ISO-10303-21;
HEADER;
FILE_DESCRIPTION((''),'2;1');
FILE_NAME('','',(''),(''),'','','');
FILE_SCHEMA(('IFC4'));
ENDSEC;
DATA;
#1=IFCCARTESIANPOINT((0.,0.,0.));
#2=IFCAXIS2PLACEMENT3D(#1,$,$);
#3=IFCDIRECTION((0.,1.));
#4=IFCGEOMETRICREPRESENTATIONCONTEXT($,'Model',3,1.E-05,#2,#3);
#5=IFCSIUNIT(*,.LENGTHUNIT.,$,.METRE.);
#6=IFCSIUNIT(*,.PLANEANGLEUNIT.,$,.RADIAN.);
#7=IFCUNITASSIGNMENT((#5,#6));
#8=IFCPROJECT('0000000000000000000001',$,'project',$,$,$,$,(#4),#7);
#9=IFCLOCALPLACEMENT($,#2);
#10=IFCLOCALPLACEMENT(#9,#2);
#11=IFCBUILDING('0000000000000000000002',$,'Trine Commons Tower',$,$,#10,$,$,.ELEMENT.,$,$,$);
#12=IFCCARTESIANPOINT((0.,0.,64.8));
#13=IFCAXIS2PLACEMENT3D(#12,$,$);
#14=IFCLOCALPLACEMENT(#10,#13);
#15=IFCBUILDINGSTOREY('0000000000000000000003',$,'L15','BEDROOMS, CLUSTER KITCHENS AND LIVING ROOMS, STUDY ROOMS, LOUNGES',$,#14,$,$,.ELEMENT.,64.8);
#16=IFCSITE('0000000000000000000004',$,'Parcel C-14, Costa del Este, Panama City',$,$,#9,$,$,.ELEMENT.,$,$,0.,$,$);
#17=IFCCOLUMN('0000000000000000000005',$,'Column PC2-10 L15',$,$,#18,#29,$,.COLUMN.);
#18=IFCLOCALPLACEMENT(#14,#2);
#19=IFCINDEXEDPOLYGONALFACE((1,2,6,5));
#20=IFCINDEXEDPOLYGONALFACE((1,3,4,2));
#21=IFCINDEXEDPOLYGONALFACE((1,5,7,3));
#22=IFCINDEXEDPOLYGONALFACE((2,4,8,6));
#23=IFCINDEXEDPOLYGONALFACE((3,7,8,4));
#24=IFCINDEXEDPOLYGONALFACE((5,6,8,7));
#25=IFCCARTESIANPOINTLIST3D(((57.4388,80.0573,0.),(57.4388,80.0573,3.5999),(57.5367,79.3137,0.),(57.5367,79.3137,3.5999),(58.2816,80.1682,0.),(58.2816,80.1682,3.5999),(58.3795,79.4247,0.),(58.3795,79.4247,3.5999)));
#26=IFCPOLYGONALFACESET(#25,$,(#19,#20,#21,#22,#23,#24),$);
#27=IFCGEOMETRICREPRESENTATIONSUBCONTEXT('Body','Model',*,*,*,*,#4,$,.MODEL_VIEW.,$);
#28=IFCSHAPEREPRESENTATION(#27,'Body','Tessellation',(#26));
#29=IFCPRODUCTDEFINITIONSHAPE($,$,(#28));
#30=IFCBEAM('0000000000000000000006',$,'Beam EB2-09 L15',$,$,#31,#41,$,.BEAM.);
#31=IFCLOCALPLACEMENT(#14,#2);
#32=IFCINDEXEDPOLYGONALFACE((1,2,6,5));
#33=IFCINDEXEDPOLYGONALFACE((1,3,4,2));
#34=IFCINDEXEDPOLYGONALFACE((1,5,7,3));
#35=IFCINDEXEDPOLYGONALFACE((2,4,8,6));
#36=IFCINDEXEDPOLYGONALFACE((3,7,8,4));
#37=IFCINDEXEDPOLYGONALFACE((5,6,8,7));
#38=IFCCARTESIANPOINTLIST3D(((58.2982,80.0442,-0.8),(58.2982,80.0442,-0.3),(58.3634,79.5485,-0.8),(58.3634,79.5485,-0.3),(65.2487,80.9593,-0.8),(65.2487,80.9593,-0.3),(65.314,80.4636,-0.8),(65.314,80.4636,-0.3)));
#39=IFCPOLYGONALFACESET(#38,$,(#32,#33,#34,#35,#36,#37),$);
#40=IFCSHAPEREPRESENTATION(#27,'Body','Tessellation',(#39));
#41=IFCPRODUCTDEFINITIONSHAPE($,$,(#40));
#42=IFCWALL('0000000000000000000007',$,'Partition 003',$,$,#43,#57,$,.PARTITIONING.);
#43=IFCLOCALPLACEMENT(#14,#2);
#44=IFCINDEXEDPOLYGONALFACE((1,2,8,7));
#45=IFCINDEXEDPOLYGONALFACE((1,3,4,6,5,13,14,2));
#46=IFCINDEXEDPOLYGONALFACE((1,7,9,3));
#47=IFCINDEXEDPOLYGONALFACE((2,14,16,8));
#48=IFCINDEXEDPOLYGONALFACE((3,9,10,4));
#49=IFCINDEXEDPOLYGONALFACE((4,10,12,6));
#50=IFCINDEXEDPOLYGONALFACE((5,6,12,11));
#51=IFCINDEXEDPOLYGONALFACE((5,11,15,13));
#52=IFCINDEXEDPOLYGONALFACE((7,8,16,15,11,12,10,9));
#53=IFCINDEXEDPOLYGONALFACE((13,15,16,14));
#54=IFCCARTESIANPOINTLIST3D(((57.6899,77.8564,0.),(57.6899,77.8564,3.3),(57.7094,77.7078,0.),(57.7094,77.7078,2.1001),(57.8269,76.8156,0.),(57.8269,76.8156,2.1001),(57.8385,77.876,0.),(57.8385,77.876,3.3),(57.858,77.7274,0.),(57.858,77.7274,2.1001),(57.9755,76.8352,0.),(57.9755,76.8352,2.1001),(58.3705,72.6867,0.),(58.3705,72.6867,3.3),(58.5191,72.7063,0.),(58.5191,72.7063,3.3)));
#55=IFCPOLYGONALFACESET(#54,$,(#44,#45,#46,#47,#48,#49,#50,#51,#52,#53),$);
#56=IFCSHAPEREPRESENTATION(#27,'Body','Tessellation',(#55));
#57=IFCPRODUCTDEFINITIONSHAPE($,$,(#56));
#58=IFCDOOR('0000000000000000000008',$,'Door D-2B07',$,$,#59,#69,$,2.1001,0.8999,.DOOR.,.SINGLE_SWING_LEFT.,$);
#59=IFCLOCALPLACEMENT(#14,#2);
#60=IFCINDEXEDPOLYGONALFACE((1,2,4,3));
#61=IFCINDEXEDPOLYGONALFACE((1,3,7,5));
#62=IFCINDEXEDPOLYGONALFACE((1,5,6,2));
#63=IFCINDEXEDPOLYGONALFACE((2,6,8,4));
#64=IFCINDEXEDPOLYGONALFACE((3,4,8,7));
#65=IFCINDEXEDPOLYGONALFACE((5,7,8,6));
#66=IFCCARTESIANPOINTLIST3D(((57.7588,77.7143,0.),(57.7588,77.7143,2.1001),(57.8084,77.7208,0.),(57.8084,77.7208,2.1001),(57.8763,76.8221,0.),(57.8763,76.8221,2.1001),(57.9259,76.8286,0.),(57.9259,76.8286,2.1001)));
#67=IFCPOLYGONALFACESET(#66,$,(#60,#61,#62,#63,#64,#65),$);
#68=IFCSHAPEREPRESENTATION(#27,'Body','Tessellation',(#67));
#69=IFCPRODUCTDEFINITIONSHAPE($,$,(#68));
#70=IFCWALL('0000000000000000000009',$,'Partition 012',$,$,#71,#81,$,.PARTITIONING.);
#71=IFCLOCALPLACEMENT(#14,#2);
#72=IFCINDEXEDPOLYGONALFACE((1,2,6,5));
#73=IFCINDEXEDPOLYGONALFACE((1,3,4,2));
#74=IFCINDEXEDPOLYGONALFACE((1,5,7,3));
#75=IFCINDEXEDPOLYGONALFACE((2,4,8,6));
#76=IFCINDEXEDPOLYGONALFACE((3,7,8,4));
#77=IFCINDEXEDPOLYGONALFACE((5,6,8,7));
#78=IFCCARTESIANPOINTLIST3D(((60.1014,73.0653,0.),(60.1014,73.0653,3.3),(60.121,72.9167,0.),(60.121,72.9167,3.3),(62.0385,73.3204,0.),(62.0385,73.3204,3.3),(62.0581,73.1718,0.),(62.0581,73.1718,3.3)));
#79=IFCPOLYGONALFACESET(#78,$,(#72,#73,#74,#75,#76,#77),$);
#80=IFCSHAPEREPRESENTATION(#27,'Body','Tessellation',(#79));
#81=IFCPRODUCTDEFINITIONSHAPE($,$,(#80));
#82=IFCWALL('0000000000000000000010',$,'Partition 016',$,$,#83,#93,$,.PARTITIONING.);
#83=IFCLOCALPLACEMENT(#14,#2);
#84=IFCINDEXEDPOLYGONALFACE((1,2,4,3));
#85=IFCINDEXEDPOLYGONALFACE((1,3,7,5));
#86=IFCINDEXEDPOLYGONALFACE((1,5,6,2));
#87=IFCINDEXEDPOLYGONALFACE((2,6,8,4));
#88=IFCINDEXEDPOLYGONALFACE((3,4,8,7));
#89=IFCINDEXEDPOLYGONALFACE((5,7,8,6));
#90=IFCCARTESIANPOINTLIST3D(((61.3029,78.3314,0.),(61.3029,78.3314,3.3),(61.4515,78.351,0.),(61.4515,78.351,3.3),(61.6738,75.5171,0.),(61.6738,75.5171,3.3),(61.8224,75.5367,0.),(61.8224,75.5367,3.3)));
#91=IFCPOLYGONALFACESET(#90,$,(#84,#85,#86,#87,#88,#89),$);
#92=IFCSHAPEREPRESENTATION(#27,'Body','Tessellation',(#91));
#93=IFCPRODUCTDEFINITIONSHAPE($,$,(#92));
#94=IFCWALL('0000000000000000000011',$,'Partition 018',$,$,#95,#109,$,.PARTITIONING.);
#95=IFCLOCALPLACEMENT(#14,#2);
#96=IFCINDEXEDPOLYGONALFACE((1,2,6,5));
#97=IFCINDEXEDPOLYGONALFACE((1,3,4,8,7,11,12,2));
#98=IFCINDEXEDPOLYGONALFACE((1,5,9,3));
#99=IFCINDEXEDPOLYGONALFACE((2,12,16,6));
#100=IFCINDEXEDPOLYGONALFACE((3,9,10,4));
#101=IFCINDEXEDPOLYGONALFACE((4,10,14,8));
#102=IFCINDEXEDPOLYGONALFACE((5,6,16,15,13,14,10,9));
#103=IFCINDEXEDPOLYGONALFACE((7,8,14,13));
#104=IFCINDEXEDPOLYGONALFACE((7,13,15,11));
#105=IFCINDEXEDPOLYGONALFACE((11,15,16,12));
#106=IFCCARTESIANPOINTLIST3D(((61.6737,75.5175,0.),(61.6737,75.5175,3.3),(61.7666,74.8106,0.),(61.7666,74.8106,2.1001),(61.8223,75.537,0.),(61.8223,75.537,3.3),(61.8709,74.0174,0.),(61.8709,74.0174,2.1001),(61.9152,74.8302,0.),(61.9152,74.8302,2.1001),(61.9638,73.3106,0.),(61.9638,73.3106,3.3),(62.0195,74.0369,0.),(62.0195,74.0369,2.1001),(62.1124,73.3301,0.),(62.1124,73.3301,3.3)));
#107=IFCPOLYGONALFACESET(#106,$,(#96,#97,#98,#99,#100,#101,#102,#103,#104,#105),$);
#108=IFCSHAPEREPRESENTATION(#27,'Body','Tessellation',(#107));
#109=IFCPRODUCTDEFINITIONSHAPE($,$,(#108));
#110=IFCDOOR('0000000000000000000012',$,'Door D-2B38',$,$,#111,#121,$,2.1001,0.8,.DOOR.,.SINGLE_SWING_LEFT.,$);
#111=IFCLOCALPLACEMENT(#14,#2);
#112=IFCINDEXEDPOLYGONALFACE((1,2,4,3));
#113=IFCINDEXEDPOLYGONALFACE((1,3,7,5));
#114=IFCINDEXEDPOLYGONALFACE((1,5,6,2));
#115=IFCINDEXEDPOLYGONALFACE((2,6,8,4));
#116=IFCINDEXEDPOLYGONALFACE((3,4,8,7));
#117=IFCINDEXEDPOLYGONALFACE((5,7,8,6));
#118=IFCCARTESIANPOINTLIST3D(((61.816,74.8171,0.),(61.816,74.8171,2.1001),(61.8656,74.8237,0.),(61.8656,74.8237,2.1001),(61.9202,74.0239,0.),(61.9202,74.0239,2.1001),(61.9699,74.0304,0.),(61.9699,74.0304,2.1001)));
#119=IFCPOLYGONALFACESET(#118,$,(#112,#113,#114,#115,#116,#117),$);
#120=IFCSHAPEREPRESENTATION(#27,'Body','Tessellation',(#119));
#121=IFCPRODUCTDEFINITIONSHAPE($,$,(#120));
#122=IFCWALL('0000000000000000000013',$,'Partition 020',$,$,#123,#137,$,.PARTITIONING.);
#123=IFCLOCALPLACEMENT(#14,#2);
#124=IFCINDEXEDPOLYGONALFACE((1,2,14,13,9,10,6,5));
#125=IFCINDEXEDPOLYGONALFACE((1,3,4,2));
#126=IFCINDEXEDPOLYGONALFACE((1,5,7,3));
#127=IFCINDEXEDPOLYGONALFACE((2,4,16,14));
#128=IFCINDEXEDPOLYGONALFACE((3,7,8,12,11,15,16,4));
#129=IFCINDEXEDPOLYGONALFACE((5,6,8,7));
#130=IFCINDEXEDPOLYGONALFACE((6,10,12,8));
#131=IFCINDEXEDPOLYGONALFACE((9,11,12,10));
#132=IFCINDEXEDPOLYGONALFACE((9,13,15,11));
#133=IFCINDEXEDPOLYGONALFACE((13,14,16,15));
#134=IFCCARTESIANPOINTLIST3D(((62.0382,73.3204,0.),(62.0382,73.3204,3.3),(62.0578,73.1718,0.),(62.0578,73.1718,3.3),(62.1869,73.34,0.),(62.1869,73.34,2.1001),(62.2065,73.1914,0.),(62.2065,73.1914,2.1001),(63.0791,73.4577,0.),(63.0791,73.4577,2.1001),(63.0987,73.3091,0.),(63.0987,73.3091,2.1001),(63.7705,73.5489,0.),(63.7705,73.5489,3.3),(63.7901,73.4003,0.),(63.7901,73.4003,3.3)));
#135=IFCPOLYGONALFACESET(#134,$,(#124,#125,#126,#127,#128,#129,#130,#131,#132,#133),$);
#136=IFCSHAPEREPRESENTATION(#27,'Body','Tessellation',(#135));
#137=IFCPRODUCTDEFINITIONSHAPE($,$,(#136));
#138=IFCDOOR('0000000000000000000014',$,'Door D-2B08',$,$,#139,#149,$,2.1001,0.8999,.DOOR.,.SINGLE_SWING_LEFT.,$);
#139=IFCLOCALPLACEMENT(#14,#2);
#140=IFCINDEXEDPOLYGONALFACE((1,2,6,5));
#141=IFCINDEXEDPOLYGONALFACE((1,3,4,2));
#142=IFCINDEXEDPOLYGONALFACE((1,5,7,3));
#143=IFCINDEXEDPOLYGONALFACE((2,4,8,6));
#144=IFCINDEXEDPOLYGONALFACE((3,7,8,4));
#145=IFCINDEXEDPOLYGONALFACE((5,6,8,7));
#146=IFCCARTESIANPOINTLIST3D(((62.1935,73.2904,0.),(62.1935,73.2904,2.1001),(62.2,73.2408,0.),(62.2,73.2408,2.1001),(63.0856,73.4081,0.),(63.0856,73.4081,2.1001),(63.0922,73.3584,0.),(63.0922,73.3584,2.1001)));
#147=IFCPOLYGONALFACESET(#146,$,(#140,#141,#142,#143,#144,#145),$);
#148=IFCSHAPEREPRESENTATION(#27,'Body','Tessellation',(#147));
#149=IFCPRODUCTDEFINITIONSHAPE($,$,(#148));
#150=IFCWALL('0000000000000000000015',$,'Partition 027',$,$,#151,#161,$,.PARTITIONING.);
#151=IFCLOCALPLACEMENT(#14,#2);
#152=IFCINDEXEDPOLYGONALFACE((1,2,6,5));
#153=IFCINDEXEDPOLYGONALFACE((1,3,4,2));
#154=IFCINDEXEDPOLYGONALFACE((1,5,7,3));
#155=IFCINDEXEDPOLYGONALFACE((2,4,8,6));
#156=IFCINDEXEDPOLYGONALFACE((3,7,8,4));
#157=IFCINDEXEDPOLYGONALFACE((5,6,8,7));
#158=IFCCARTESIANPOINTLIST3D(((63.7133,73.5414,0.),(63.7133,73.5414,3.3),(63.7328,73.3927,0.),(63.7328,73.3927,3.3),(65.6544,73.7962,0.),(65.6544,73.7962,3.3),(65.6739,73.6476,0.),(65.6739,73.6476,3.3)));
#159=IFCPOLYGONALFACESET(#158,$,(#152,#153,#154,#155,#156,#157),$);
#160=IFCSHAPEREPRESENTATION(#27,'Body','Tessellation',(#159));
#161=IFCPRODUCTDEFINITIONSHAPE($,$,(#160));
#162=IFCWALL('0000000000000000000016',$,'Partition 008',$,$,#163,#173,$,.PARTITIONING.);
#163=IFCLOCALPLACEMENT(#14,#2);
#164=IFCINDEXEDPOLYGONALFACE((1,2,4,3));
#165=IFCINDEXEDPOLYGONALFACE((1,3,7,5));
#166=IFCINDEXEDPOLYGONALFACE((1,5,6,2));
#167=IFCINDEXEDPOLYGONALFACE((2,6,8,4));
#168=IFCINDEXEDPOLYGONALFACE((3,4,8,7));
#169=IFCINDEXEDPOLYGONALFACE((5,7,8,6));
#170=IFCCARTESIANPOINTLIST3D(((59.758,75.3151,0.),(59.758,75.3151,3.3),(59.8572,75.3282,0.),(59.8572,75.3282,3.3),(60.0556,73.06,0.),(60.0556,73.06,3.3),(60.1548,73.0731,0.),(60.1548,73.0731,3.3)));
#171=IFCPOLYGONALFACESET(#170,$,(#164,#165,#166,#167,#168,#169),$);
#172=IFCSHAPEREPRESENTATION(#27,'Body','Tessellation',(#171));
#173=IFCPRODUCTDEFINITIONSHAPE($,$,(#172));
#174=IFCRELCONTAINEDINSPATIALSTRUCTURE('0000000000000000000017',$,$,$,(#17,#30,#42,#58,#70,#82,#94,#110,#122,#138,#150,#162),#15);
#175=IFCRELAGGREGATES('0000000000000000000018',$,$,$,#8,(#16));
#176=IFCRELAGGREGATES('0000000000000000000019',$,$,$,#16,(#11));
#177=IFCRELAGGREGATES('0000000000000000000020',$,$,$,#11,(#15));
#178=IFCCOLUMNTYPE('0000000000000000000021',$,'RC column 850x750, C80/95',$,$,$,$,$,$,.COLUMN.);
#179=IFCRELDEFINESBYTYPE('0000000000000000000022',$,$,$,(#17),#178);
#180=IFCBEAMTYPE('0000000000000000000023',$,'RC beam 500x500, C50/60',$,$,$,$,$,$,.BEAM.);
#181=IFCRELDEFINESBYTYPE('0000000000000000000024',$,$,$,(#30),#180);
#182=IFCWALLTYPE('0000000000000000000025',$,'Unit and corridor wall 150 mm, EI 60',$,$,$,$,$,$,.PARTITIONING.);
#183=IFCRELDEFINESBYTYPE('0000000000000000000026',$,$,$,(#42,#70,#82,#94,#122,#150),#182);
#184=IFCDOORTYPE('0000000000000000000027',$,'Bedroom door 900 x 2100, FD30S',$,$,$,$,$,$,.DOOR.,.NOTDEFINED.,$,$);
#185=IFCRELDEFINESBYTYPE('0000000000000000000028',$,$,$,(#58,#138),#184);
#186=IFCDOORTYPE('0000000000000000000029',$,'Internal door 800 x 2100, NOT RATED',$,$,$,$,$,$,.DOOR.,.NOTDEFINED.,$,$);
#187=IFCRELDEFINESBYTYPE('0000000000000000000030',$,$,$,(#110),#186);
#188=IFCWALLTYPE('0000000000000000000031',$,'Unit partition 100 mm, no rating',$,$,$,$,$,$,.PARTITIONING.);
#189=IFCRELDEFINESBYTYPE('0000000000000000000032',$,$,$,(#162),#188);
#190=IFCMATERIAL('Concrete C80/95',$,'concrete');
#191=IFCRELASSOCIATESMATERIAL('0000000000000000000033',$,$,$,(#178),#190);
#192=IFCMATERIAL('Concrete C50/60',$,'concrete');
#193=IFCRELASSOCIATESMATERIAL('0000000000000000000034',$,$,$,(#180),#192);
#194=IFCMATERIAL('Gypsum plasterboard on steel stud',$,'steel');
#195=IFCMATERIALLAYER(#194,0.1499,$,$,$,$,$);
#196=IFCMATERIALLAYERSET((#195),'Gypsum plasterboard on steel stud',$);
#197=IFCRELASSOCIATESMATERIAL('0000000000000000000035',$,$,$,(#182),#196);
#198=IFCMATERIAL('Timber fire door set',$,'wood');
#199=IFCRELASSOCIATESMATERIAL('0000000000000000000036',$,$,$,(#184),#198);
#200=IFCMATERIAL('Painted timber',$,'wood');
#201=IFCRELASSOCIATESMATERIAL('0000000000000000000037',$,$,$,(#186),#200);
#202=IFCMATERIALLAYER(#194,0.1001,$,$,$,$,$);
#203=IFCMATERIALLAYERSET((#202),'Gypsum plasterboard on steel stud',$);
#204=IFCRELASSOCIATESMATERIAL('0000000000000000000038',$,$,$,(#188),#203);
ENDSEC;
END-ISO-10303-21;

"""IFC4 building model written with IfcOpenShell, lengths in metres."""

from ifc_helpers import new_model, si_unit, direction, frame, frame_2d, origin, origin_2d, place, context, subcontext, project, spatial, rectangle, extrude, material, layer, layer_set, material_profile, profile_set, type_object, element, fill, save


model = new_model("IFC4")

# Units and contexts
model_context = context("Model", 3, precision=1e-05, world=origin(), true_north=direction((0.0, 1.0)))
body_context = subcontext(model_context, "Body", "Model", "MODEL_VIEW")
ifc_project = project(units=[si_unit("LENGTHUNIT", "METRE"), si_unit("PLANEANGLEUNIT", "RADIAN")], contexts=[model_context])

# Site, building, storey
site_placement = place(None, origin())
site = spatial("IfcSite", under=ifc_project, at=site_placement, Name="Parcel C-14, Costa del Este, Panama City", CompositionType="ELEMENT", RefElevation=0.0)
building_placement = place(site_placement, origin())
building = spatial("IfcBuilding", under=site, at=building_placement, Name="Trine Commons Tower", CompositionType="ELEMENT")
storey_placement = place(building_placement, frame((0.0, 0.0, 64.8)))
storey = spatial("IfcBuildingStorey", under=building, at=storey_placement, Name="L15", Description="BEDROOMS, CLUSTER KITCHENS AND LIVING ROOMS, STUDY ROOMS, LOUNGES", CompositionType="ELEMENT", Elevation=64.8)

# Column
ifc_material_1 = material(Name="Concrete C80/95", Category="concrete")
ifc_material_profile_1 = material_profile(ifc_material_1, rectangle(XDim=0.8501, YDim=0.75, at=origin_2d()), Name="RC 850x750")
ifc_profile_set_1 = profile_set([ifc_material_profile_1], Name="Concrete C80/95")
column_type = type_object("IfcColumnType", Name="RC column 850x750, C80/95", PredefinedType="COLUMN", material=ifc_profile_set_1)
column_placement = place(storey_placement, frame((57.9092, 79.741, 0.0), z_axis=(0.0, 0.0, 1.0), x_axis=(0.991445, 0.130526, 0.0)))
element("IfcColumn", 1, at=column_placement, inside=storey, type_object=column_type, Name="Column PC2-10 L15", PredefinedType="COLUMN", context=body_context, shape_type="SweptSolid", body=[
    extrude(rectangle(XDim=0.8501, YDim=0.75, at=origin_2d()), origin(), (0.0, 0.0, 1.0), 3.5999),
])

# Beam
ifc_material_2 = material(Name="Concrete C50/60", Category="concrete")
ifc_material_profile_2 = material_profile(ifc_material_2, rectangle(XDim=0.5, YDim=0.5, at=origin_2d()), Name="RC 500x500")
ifc_profile_set_2 = profile_set([ifc_material_profile_2], Name="Concrete C50/60")
beam_type = type_object("IfcBeamType", Name="RC beam 500x500, C50/60", PredefinedType="BEAM", material=ifc_profile_set_2)
beam_placement = place(storey_placement, frame((58.3308, 79.7964, -0.55), z_axis=(0.991445, 0.130526, 0.0), x_axis=(-0.130526, 0.991445, 0.0)))
element("IfcBeam", 2, at=beam_placement, inside=storey, type_object=beam_type, Name="Beam EB2-09 L15", PredefinedType="BEAM", context=body_context, shape_type="SweptSolid", body=[
    extrude(rectangle(XDim=0.5, YDim=0.5, at=origin_2d()), origin(), (0.0, 0.0, 1.0), 7.0105),
])

# Wall, opening, door
ifc_material_3 = material(Name="Gypsum plasterboard on steel stud", Category="steel")
ifc_layer_1 = layer(ifc_material_3, 0.1499)
ifc_layer_set_1 = layer_set([ifc_layer_1], Name="Gypsum plasterboard on steel stud")
wall_type_1 = type_object("IfcWallType", Name="Unit and corridor wall 150 mm, EI 60", PredefinedType="PARTITIONING", material=ifc_layer_set_1)
wall_1_placement = place(storey_placement, frame((57.7642, 77.8662, 0.0), z_axis=(0.0, 0.0, 1.0), x_axis=(0.130538, -0.991443, 0.0)))
wall_1 = element("IfcWall", 3, at=wall_1_placement, inside=storey, type_object=wall_type_1, Name="Partition 003", PredefinedType="PARTITIONING", context=body_context, shape_type="SweptSolid", body=[
    extrude(rectangle(XDim=5.2144, YDim=0.1499, at=frame_2d((2.6072, 0.0))), origin(), (0.0, 0.0, 1.0), 3.3),
])
opening_1_placement = place(wall_1_placement, frame((0.1499, 0.0, 0.0)))
opening_1 = element("IfcOpeningElement", 4, at=opening_1_placement, cuts=wall_1, PredefinedType="OPENING", context=body_context, shape_type="SweptSolid", body=[
    extrude(rectangle(XDim=0.8999, YDim=2.1001, at=frame_2d((0.45, 1.05))), frame((0.0, 0.085, 0.0), z_axis=(0.0, -1.0, 0.0), x_axis=(1.0, 0.0, 0.0)), (0.0, 0.0, 1.0), 0.1699),
])
ifc_material_4 = material(Name="Timber fire door set", Category="wood")
door_type_1 = type_object("IfcDoorType", Name="Bedroom door 900 x 2100, FD30S", OperationType="NOTDEFINED", PredefinedType="DOOR", material=ifc_material_4)
door_1_placement = place(opening_1_placement, origin())
door_1 = element("IfcDoor", 5, at=door_1_placement, inside=storey, type_object=door_type_1, Name="Door D-2B07", OperationType="SINGLE_SWING_LEFT", OverallHeight=2.1001, OverallWidth=0.8999, PredefinedType="DOOR", context=body_context, shape_type="SweptSolid", body=[
    extrude(rectangle(XDim=0.8999, YDim=2.1001, at=frame_2d((0.45, 1.05))), frame((0.0, 0.0249, 0.0), z_axis=(0.0, -1.0, 0.0), x_axis=(1.0, 0.0, 0.0)), (0.0, 0.0, 1.0), 0.05),
])
fill(opening_1, door_1)

# Walls
wall_2_placement = place(storey_placement, frame((60.1111, 72.991, 0.0), z_axis=(0.0, 0.0, 1.0), x_axis=(0.991437, 0.130584, 0.0)))
element("IfcWall", 6, at=wall_2_placement, inside=storey, type_object=wall_type_1, Name="Partition 012", PredefinedType="PARTITIONING", context=body_context, shape_type="SweptSolid", body=[
    extrude(rectangle(XDim=1.9539, YDim=0.1499, at=frame_2d((0.9771, 0.0))), origin(), (0.0, 0.0, 1.0), 3.3),
])
wall_3_placement = place(storey_placement, frame((61.3772, 78.3413, 0.0), z_axis=(0.0, 0.0, 1.0), x_axis=(0.130648, -0.991429, 0.0)))
element("IfcWall", 7, at=wall_3_placement, inside=storey, type_object=wall_type_1, Name="Partition 016", PredefinedType="PARTITIONING", context=body_context, shape_type="SweptSolid", body=[
    extrude(rectangle(XDim=2.8386, YDim=0.1499, at=frame_2d((1.4194, 0.0))), origin(), (0.0, 0.0, 1.0), 3.3),
])

# Walls, openings, doors
wall_4_placement = place(storey_placement, frame((61.748, 75.5271, 0.0), z_axis=(0.0, 0.0, 1.0), x_axis=(0.13031, -0.991473, 0.0)))
wall_4 = element("IfcWall", 8, at=wall_4_placement, inside=storey, type_object=wall_type_1, Name="Partition 018", PredefinedType="PARTITIONING", context=body_context, shape_type="SweptSolid", body=[
    extrude(rectangle(XDim=2.2258, YDim=0.1499, at=frame_2d((1.1128, 0.0))), origin(), (0.0, 0.0, 1.0), 3.3),
])
opening_2_placement = place(wall_4_placement, frame((0.7129, 0.0, 0.0)))
opening_2 = element("IfcOpeningElement", 9, at=opening_2_placement, cuts=wall_4, PredefinedType="OPENING", context=body_context, shape_type="SweptSolid", body=[
    extrude(rectangle(XDim=0.8, YDim=2.1001, at=frame_2d((0.3999, 1.05))), frame((0.0, 0.085, 0.0), z_axis=(0.0, -1.0, 0.0), x_axis=(1.0, 0.0, 0.0)), (0.0, 0.0, 1.0), 0.1699),
])
ifc_material_5 = material(Name="Painted timber", Category="wood")
door_type_2 = type_object("IfcDoorType", Name="Internal door 800 x 2100, NOT RATED", OperationType="NOTDEFINED", PredefinedType="DOOR", material=ifc_material_5)
door_2_placement = place(opening_2_placement, origin())
door_2 = element("IfcDoor", 10, at=door_2_placement, inside=storey, type_object=door_type_2, Name="Door D-2B38", OperationType="SINGLE_SWING_LEFT", OverallHeight=2.1001, OverallWidth=0.8, PredefinedType="DOOR", context=body_context, shape_type="SweptSolid", body=[
    extrude(rectangle(XDim=0.8, YDim=2.1001, at=frame_2d((0.3999, 1.05))), frame((0.0, 0.0249, 0.0), z_axis=(0.0, -1.0, 0.0), x_axis=(1.0, 0.0, 0.0)), (0.0, 0.0, 1.0), 0.05),
])
fill(opening_2, door_2)
wall_5_placement = place(storey_placement, frame((62.0481, 73.2461, 0.0), z_axis=(0.0, 0.0, 1.0), x_axis=(0.991412, 0.130773, 0.0)))
wall_5 = element("IfcWall", 11, at=wall_5_placement, inside=storey, type_object=wall_type_1, Name="Partition 020", PredefinedType="PARTITIONING", context=body_context, shape_type="SweptSolid", body=[
    extrude(rectangle(XDim=1.7473, YDim=0.1499, at=frame_2d((0.8735, 0.0))), origin(), (0.0, 0.0, 1.0), 3.3),
])
opening_3_placement = place(wall_5_placement, frame((0.1499, 0.0, 0.0)))
opening_3 = element("IfcOpeningElement", 12, at=opening_3_placement, cuts=wall_5, PredefinedType="OPENING", context=body_context, shape_type="SweptSolid", body=[
    extrude(rectangle(XDim=0.8999, YDim=2.1001, at=frame_2d((0.45, 1.05))), frame((0.0, 0.085, 0.0), z_axis=(0.0, -1.0, 0.0), x_axis=(1.0, 0.0, 0.0)), (0.0, 0.0, 1.0), 0.1699),
])
door_3_placement = place(opening_3_placement, origin())
door_3 = element("IfcDoor", 13, at=door_3_placement, inside=storey, type_object=door_type_1, Name="Door D-2B08", OperationType="SINGLE_SWING_LEFT", OverallHeight=2.1001, OverallWidth=0.8999, PredefinedType="DOOR", context=body_context, shape_type="SweptSolid", body=[
    extrude(rectangle(XDim=0.8999, YDim=2.1001, at=frame_2d((0.45, 1.05))), frame((0.0, 0.0249, 0.0), z_axis=(0.0, -1.0, 0.0), x_axis=(1.0, 0.0, 0.0)), (0.0, 0.0, 1.0), 0.05),
])
fill(opening_3, door_3)

# Walls
wall_6_placement = place(storey_placement, frame((63.7229, 73.467, 0.0), z_axis=(0.0, 0.0, 1.0), x_axis=(0.991489, 0.130187, 0.0)))
element("IfcWall", 14, at=wall_6_placement, inside=storey, type_object=wall_type_1, Name="Partition 027", PredefinedType="PARTITIONING", context=body_context, shape_type="SweptSolid", body=[
    extrude(rectangle(XDim=1.9578, YDim=0.1499, at=frame_2d((0.979, 0.0))), origin(), (0.0, 0.0, 1.0), 3.3),
])
ifc_layer_2 = layer(ifc_material_3, 0.1001)
ifc_layer_set_2 = layer_set([ifc_layer_2], Name="Gypsum plasterboard on steel stud")
wall_type_2 = type_object("IfcWallType", Name="Unit partition 100 mm, no rating", PredefinedType="PARTITIONING", material=ifc_layer_set_2)
wall_7_placement = place(storey_placement, frame((59.8076, 75.3215, 0.0), z_axis=(0.0, 0.0, 1.0), x_axis=(0.130835, -0.991404, 0.0)))
element("IfcWall", 15, at=wall_7_placement, inside=storey, type_object=wall_type_2, Name="Partition 008", PredefinedType="PARTITIONING", context=body_context, shape_type="SweptSolid", body=[
    extrude(rectangle(XDim=2.2747, YDim=0.1001, at=frame_2d((1.1372, 0.0))), origin(), (0.0, 0.0, 1.0), 3.3),
])

save(model, "model.ifc")
